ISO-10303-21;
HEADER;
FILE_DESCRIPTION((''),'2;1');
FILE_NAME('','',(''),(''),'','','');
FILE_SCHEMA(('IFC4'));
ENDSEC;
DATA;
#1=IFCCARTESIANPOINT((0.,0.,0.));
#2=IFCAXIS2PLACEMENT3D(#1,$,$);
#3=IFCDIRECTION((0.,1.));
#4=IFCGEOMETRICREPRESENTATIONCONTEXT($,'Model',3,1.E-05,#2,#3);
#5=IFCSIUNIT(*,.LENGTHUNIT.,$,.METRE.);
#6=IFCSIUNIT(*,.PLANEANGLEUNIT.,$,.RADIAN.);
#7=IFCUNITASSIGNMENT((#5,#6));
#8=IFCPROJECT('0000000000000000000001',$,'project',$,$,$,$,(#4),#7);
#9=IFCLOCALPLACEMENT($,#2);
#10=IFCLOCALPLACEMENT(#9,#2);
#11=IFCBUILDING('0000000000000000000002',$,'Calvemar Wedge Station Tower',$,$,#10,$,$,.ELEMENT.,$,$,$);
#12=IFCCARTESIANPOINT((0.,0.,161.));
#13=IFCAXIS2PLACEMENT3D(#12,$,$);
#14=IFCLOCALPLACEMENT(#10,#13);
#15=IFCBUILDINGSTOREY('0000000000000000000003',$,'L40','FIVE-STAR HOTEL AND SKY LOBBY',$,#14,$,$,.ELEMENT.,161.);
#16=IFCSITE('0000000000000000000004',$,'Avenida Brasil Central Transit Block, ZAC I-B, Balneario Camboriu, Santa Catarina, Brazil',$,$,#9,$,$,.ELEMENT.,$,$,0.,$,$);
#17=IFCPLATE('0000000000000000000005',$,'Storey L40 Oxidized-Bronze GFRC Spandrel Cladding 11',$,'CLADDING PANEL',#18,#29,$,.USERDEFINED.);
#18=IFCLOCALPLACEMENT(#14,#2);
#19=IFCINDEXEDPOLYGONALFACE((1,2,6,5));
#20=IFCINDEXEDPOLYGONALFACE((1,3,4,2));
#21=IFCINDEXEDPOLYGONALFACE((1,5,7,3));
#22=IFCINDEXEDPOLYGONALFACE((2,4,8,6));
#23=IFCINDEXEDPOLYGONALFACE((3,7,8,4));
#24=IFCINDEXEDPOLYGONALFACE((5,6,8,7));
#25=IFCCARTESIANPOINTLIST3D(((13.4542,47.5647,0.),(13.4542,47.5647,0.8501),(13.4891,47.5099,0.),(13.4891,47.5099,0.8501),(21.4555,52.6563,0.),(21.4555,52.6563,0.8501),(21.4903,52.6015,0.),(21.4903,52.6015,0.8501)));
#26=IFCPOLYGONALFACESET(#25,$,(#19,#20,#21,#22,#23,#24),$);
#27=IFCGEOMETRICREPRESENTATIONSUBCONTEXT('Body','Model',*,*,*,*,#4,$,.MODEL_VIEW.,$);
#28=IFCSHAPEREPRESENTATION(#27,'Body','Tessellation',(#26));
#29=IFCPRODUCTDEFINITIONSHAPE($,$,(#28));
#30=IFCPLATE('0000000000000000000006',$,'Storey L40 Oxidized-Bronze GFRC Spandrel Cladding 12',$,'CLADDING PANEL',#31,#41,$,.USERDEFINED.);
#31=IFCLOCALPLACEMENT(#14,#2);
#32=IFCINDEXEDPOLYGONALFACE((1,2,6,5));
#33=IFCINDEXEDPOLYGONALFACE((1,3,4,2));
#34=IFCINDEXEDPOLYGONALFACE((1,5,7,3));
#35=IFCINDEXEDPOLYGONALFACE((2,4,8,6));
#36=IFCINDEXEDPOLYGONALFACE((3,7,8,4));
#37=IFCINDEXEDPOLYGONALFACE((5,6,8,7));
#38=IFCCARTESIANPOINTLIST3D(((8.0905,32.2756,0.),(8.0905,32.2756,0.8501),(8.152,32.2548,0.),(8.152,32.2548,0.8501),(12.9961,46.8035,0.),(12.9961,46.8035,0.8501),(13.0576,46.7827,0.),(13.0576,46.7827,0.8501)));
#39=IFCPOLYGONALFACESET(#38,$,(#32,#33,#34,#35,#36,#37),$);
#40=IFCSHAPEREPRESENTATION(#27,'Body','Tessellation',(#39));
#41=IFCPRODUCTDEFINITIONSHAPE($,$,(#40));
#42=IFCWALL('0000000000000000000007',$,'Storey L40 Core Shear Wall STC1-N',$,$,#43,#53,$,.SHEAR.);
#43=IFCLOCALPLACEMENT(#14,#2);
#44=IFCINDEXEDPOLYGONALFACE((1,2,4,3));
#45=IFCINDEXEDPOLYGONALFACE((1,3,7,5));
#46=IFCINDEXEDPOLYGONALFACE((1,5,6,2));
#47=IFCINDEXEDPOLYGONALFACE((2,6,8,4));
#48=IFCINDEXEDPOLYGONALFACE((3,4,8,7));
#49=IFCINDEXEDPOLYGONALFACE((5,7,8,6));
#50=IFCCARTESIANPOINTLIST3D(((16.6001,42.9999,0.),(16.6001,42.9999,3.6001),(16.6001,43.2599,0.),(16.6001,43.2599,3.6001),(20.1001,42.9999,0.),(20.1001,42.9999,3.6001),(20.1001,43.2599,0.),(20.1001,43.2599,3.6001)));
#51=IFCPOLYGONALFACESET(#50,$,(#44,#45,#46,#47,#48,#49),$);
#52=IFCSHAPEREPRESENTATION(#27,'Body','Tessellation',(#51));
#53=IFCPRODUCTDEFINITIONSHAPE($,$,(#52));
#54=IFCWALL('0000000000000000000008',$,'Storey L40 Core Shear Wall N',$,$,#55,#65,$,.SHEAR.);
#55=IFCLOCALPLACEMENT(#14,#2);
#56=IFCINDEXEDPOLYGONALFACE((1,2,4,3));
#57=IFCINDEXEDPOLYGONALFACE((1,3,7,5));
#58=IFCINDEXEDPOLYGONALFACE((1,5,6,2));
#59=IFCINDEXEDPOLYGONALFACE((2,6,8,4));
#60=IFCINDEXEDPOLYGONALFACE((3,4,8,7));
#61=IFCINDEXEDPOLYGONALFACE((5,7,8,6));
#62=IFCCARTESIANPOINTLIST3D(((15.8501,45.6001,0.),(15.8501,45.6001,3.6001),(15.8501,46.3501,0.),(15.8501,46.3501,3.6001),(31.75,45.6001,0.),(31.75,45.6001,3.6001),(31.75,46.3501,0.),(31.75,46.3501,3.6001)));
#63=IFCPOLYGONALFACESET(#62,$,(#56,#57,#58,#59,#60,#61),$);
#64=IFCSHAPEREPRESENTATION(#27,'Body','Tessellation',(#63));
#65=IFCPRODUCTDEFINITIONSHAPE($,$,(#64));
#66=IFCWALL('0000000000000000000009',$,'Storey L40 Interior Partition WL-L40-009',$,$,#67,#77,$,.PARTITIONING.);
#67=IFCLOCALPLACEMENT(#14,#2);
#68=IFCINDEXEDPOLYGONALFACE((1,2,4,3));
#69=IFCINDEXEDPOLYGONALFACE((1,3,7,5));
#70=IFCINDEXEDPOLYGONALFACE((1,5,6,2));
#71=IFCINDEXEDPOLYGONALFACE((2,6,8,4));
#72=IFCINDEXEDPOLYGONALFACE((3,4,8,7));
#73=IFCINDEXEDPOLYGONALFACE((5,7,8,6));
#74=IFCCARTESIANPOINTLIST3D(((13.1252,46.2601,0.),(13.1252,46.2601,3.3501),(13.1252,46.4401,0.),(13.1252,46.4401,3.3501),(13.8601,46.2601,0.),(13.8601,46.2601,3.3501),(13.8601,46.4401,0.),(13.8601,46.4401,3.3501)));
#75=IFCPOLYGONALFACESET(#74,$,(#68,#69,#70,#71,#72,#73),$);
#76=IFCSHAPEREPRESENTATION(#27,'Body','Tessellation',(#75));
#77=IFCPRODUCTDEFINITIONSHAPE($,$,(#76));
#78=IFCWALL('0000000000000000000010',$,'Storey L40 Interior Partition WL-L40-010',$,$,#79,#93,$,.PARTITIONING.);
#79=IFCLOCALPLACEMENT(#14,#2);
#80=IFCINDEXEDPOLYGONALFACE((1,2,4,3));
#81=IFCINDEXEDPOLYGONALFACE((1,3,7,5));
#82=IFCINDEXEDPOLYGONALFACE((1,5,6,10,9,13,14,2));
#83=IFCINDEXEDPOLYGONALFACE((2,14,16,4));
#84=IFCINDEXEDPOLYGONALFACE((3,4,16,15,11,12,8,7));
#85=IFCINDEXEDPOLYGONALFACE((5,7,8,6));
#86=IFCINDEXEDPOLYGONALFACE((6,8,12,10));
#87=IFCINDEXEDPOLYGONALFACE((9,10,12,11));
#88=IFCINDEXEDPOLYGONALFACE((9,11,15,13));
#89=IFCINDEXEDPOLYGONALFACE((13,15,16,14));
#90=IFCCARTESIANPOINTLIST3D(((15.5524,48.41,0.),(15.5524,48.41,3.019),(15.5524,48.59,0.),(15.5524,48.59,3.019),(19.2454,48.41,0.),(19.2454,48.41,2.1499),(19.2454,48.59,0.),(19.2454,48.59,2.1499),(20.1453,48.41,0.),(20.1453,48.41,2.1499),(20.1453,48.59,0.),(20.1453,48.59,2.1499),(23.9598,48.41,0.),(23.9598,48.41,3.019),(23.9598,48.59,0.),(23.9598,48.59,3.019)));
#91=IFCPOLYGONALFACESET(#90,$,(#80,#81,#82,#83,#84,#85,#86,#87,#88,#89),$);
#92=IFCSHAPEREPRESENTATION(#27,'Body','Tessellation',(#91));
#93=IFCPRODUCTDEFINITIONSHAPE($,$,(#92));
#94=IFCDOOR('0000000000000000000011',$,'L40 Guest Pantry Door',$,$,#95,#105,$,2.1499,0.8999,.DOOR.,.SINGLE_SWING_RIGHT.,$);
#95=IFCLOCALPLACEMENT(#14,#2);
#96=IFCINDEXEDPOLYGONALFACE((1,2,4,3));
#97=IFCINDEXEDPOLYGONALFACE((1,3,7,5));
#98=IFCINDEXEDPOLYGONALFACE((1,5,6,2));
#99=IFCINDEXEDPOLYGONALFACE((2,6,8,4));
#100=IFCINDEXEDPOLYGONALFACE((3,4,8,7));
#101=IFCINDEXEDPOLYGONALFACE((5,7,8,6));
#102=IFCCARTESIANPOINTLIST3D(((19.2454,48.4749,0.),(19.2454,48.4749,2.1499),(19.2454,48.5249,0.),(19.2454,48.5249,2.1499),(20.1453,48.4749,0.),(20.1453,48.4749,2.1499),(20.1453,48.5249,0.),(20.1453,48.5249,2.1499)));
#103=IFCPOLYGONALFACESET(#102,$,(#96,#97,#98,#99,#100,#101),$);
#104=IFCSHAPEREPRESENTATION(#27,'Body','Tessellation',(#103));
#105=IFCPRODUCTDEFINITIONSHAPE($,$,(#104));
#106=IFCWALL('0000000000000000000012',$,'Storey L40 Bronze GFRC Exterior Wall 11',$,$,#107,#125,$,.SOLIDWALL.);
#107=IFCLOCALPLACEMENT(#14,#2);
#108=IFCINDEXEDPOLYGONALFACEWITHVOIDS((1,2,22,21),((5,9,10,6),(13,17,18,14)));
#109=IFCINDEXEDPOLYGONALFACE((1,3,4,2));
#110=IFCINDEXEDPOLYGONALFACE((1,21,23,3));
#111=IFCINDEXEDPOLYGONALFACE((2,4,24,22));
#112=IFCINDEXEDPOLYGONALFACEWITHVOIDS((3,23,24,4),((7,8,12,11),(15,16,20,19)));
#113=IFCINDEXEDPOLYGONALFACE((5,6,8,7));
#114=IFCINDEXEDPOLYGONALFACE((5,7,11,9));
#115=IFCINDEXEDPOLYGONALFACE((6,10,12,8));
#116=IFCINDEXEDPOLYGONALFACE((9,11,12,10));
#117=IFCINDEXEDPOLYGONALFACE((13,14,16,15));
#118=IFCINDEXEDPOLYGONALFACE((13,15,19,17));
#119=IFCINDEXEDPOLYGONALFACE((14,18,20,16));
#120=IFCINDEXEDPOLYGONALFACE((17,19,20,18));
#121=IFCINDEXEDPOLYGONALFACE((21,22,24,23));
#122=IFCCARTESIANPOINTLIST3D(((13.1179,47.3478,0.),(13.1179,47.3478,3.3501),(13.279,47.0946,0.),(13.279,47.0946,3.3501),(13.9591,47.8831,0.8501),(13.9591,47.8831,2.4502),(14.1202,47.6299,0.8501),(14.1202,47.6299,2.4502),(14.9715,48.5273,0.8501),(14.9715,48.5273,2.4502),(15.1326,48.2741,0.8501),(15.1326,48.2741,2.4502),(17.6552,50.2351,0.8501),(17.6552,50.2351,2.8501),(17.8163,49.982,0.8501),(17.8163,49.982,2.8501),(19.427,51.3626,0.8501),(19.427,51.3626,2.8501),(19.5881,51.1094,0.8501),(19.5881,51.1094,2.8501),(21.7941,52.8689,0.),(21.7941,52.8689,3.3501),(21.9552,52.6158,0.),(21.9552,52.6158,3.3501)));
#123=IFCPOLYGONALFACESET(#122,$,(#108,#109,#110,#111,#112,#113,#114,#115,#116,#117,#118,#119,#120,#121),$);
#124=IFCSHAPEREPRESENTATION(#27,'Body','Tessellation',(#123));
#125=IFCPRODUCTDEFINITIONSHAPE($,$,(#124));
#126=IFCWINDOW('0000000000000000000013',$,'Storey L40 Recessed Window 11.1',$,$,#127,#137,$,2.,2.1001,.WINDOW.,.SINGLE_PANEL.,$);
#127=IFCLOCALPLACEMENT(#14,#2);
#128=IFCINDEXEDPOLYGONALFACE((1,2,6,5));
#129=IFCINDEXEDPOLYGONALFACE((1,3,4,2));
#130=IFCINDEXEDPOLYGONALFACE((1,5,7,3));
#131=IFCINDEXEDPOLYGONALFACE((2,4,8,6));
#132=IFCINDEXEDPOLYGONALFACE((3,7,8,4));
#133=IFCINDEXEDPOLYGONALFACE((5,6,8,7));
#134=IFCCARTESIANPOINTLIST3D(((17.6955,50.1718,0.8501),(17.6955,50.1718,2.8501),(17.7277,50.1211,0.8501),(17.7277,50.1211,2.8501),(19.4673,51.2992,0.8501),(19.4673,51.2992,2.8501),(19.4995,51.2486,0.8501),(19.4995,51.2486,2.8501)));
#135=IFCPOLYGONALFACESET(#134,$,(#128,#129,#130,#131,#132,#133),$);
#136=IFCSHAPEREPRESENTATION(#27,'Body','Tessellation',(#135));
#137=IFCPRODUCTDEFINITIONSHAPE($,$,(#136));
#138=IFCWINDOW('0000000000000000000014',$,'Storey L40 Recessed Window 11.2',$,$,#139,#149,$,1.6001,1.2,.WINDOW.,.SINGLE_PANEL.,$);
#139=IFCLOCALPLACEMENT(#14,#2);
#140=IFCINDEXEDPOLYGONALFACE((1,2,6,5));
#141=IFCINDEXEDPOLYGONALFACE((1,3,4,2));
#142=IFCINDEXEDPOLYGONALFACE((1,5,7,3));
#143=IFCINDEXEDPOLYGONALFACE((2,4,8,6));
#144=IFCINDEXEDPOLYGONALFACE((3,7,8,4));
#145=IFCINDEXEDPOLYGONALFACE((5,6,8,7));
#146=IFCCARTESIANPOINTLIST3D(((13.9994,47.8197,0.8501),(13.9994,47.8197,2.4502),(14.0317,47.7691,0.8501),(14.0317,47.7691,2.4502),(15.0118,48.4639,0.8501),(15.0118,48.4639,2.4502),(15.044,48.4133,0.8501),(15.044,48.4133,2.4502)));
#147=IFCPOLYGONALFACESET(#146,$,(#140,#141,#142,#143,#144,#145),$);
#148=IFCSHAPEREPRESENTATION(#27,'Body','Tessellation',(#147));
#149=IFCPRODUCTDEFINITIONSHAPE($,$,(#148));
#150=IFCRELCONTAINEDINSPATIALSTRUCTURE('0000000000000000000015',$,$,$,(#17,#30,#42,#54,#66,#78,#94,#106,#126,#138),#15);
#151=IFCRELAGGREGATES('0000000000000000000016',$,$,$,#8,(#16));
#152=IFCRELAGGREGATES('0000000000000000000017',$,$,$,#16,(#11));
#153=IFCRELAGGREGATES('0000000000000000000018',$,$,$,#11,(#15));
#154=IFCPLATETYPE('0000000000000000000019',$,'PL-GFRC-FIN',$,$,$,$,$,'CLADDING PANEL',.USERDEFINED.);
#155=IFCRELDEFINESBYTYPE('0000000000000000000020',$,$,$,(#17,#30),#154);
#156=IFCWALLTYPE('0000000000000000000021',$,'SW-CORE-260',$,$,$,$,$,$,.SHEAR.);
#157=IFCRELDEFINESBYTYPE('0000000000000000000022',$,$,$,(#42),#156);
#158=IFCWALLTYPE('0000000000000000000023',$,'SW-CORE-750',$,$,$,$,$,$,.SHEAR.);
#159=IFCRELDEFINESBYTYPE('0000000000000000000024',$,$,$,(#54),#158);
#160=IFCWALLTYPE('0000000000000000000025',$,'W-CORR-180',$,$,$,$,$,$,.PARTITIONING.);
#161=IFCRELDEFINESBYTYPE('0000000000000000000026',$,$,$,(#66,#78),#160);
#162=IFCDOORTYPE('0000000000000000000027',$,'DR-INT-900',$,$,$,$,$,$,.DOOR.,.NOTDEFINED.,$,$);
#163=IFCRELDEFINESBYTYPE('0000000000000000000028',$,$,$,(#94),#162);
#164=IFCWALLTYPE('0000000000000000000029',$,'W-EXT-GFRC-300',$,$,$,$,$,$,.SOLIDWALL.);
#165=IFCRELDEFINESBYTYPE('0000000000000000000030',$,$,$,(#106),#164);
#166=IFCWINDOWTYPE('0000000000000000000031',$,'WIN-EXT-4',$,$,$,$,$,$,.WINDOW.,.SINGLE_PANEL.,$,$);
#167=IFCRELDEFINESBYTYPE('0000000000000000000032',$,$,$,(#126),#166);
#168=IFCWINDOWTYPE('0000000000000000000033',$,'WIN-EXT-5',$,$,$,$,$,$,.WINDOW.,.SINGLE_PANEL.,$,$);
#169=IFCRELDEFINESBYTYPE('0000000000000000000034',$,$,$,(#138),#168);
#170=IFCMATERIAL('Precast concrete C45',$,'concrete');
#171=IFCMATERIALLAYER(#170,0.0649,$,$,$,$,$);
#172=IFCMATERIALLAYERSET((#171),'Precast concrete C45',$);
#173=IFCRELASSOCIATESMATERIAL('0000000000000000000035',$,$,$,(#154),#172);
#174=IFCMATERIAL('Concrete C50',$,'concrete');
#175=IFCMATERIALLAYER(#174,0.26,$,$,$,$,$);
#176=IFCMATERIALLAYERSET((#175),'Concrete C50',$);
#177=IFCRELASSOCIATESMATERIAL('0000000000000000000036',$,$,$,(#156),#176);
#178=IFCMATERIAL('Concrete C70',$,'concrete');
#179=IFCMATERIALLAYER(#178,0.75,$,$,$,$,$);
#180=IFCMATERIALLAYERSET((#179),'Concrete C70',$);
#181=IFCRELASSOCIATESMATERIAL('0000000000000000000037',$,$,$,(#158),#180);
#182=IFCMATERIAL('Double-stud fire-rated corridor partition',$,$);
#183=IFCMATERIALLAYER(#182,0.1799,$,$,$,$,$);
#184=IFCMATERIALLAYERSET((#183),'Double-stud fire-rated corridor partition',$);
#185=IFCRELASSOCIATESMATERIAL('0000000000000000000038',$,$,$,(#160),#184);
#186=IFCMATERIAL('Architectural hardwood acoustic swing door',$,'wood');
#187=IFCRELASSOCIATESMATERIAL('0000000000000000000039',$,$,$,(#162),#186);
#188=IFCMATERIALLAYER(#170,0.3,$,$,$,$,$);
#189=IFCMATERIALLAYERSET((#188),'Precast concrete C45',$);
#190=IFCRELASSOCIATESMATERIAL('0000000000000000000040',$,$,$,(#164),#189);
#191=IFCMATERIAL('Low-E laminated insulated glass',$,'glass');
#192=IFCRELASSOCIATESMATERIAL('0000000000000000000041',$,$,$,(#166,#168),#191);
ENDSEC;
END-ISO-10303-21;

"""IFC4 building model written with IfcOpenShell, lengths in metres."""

from ifc_helpers import new_model, si_unit, direction, frame, frame_2d, origin, place, context, subcontext, project, spatial, rectangle, extrude, source, transform, mapped, material, layer, layer_set, type_object, element, fill, save


model = new_model("IFC4")

# Units and contexts
model_context = context("Model", 3, precision=1e-05, world=origin(), true_north=direction((0.0, 1.0)))
body_context = subcontext(model_context, "Body", "Model", "MODEL_VIEW")
ifc_project = project(units=[si_unit("LENGTHUNIT", "METRE"), si_unit("PLANEANGLEUNIT", "RADIAN")], contexts=[model_context])

# Site, building, storey
site_placement = place(None, origin())
site = spatial("IfcSite", under=ifc_project, at=site_placement, Name="Avenida Brasil Central Transit Block, ZAC I-B, Balneario Camboriu, Santa Catarina, Brazil", CompositionType="ELEMENT", RefElevation=0.0)
building_placement = place(site_placement, origin())
building = spatial("IfcBuilding", under=site, at=building_placement, Name="Calvemar Wedge Station Tower", CompositionType="ELEMENT")
storey_placement = place(building_placement, frame((0.0, 0.0, 161.0)))
storey = spatial("IfcBuildingStorey", under=building, at=storey_placement, Name="L40", Description="FIVE-STAR HOTEL AND SKY LOBBY", CompositionType="ELEMENT", Elevation=161.0)

# Plates
ifc_material_1 = material(Name="Precast concrete C45", Category="concrete")
ifc_layer_1 = layer(ifc_material_1, 0.0649)
ifc_layer_set_1 = layer_set([ifc_layer_1], Name="Precast concrete C45")
plate_type = type_object("IfcPlateType", Name="PL-GFRC-FIN", ElementType="CLADDING PANEL", PredefinedType="USERDEFINED", material=ifc_layer_set_1)
plate_1_placement = place(storey_placement, frame((21.4729, 52.6289, 0.0), z_axis=(0.0, 0.0, 1.0), x_axis=(-0.843668, -0.536865, 0.0)))
element("IfcPlate", 1, at=plate_1_placement, inside=storey, type_object=plate_type, Name="Storey L40 Oxidized-Bronze GFRC Spandrel Cladding 11", ObjectType="CLADDING PANEL", PredefinedType="USERDEFINED", context=body_context, shape_type="SweptSolid", body=[
    extrude(rectangle(XDim=9.4839, YDim=0.0649, at=frame_2d((4.7419, 0.0))), origin(), (0.0, 0.0, 1.0), 0.8501),
])
plate_2_placement = place(storey_placement, frame((13.0269, 46.7932, 0.0), z_axis=(0.0, 0.0, 1.0), x_axis=(-0.319918, -0.947445, 0.0)))
element("IfcPlate", 2, at=plate_2_placement, inside=storey, type_object=plate_type, Name="Storey L40 Oxidized-Bronze GFRC Spandrel Cladding 12", ObjectType="CLADDING PANEL", PredefinedType="USERDEFINED", context=body_context, shape_type="SweptSolid", body=[
    extrude(rectangle(XDim=15.3337, YDim=0.0649, at=frame_2d((7.667, 0.0))), origin(), (0.0, 0.0, 1.0), 0.8501),
])

# Walls
ifc_material_2 = material(Name="Concrete C50", Category="concrete")
ifc_layer_2 = layer(ifc_material_2, 0.26)
ifc_layer_set_2 = layer_set([ifc_layer_2], Name="Concrete C50")
wall_type_1 = type_object("IfcWallType", Name="SW-CORE-260", PredefinedType="SHEAR", material=ifc_layer_set_2)
wall_1_placement = place(storey_placement, frame((16.6001, 43.1299, 0.0), z_axis=(0.0, 0.0, 1.0), x_axis=(1.0, 0.0, 0.0)))
element("IfcWall", 3, at=wall_1_placement, inside=storey, type_object=wall_type_1, Name="Storey L40 Core Shear Wall STC1-N", PredefinedType="SHEAR", context=body_context, shape_type="SweptSolid", body=[
    extrude(rectangle(XDim=3.5, YDim=0.26, at=frame_2d((1.75, 0.0))), origin(), (0.0, 0.0, 1.0), 3.6001),
])
ifc_material_3 = material(Name="Concrete C70", Category="concrete")
ifc_layer_3 = layer(ifc_material_3, 0.75)
ifc_layer_set_3 = layer_set([ifc_layer_3], Name="Concrete C70")
wall_type_2 = type_object("IfcWallType", Name="SW-CORE-750", PredefinedType="SHEAR", material=ifc_layer_set_3)
wall_2_placement = place(storey_placement, frame((15.8501, 45.9751, 0.0), z_axis=(0.0, 0.0, 1.0), x_axis=(1.0, 0.0, 0.0)))
element("IfcWall", 4, at=wall_2_placement, inside=storey, type_object=wall_type_2, Name="Storey L40 Core Shear Wall N", PredefinedType="SHEAR", context=body_context, shape_type="SweptSolid", body=[
    extrude(rectangle(XDim=15.8999, YDim=0.75, at=frame_2d((7.95, 0.0))), origin(), (0.0, 0.0, 1.0), 3.6001),
])
ifc_material_4 = material(Name="Double-stud fire-rated corridor partition")
ifc_layer_4 = layer(ifc_material_4, 0.1799)
ifc_layer_set_4 = layer_set([ifc_layer_4], Name="Double-stud fire-rated corridor partition")
wall_type_3 = type_object("IfcWallType", Name="W-CORR-180", PredefinedType="PARTITIONING", material=ifc_layer_set_4)
wall_3_placement = place(storey_placement, frame((13.8601, 46.3501, 0.0), z_axis=(0.0, 0.0, 1.0), x_axis=(-1.0, 0.0, 0.0)))
element("IfcWall", 5, at=wall_3_placement, inside=storey, type_object=wall_type_3, Name="Storey L40 Interior Partition WL-L40-009", PredefinedType="PARTITIONING", context=body_context, shape_type="SweptSolid", body=[
    extrude(rectangle(XDim=0.7349, YDim=0.1799, at=frame_2d((0.3674, 0.0))), origin(), (0.0, 0.0, 1.0), 3.3501),
])

# Wall, opening, door
wall_4_placement = place(storey_placement, frame((15.5525, 48.5, 0.0), z_axis=(0.0, 0.0, 1.0), x_axis=(1.0, 0.0, 0.0)))
wall_4 = element("IfcWall", 6, at=wall_4_placement, inside=storey, type_object=wall_type_3, Name="Storey L40 Interior Partition WL-L40-010", PredefinedType="PARTITIONING", context=body_context, shape_type="SweptSolid", body=[
    extrude(rectangle(XDim=8.4075, YDim=0.1799, at=frame_2d((4.2036, 0.0))), origin(), (0.0, 0.0, 1.0), 3.019),
])
shared_shape_1 = source(origin(), body_context, "Body", "SweptSolid", [
    extrude(rectangle(XDim=0.8999, YDim=2.1499, at=frame_2d((0.45, 1.075))), frame((0.0, 0.1001, 0.0), z_axis=(0.0, -1.0, 0.0), x_axis=(1.0, 0.0, 0.0)), (0.0, 0.0, 1.0), 0.2),
])
opening_1_placement = place(wall_4_placement, frame((3.6929, 0.0, 0.0)))
opening_1 = element("IfcOpeningElement", 7, at=opening_1_placement, cuts=wall_4, PredefinedType="OPENING", context=body_context, shape_type="MappedRepresentation", body=[
    mapped(shared_shape_1, transform((0.0, 0.0, 0.0), scale=1.0)),
])
ifc_material_5 = material(Name="Architectural hardwood acoustic swing door", Category="wood")
door_type_1 = type_object("IfcDoorType", Name="DR-INT-900", OperationType="NOTDEFINED", PredefinedType="DOOR", material=ifc_material_5)
shared_shape_2 = source(origin(), body_context, "Body", "SweptSolid", [
    extrude(rectangle(XDim=0.8999, YDim=2.1499, at=frame_2d((0.45, 1.075))), frame((0.0, 0.0249, 0.0), z_axis=(0.0, -1.0, 0.0), x_axis=(1.0, 0.0, 0.0)), (0.0, 0.0, 1.0), 0.05),
])
door_1_placement = place(opening_1_placement, origin())
door_1 = element("IfcDoor", 8, at=door_1_placement, inside=storey, type_object=door_type_1, Name="L40 Guest Pantry Door", OperationType="SINGLE_SWING_RIGHT", OverallHeight=2.1499, OverallWidth=0.8999, PredefinedType="DOOR", context=body_context, shape_type="MappedRepresentation", body=[
    mapped(shared_shape_2, transform((0.0, 0.0, 0.0), scale=1.0)),
])
fill(opening_1, door_1)

# Wall, openings, windows
ifc_layer_5 = layer(ifc_material_1, 0.3)
ifc_layer_set_5 = layer_set([ifc_layer_5], Name="Precast concrete C45")
wall_type_4 = type_object("IfcWallType", Name="W-EXT-GFRC-300", PredefinedType="SOLIDWALL", material=ifc_layer_set_5)
wall_5_placement = place(storey_placement, frame((21.8748, 52.7424, 0.0), z_axis=(0.0, 0.0, 1.0), x_axis=(-0.843662, -0.536874, 0.0)))
wall_5 = element("IfcWall", 9, at=wall_5_placement, inside=storey, type_object=wall_type_4, Name="Storey L40 Bronze GFRC Exterior Wall 11", PredefinedType="SOLIDWALL", context=body_context, shape_type="SweptSolid", body=[
    extrude(rectangle(XDim=10.2839, YDim=0.3, at=frame_2d((5.1421, 0.0))), origin(), (0.0, 0.0, 1.0), 3.3501),
])
shared_shape_3 = source(origin(), body_context, "Body", "SweptSolid", [
    extrude(rectangle(XDim=2.1001, YDim=2.0, at=frame_2d((1.05, 1.0))), frame((0.0, 0.1602, 0.0), z_axis=(0.0, -1.0, 0.0), x_axis=(1.0, 0.0, 0.0)), (0.0, 0.0, 1.0), 0.3201),
])
opening_2_placement = place(wall_5_placement, frame((2.8059, 0.0, 0.8501)))
opening_2 = element("IfcOpeningElement", 10, at=opening_2_placement, cuts=wall_5, PredefinedType="OPENING", context=body_context, shape_type="MappedRepresentation", body=[
    mapped(shared_shape_3, transform((0.0, 0.0, 0.0), scale=1.0)),
])
shared_shape_4 = source(origin(), body_context, "Body", "SweptSolid", [
    extrude(rectangle(XDim=1.2, YDim=1.6001, at=frame_2d((0.6001, 0.8))), frame((0.0, 0.1602, 0.0), z_axis=(0.0, -1.0, 0.0), x_axis=(1.0, 0.0, 0.0)), (0.0, 0.0, 1.0), 0.3201),
])
opening_3_placement = place(wall_5_placement, frame((8.0869, 0.0, 0.8501)))
opening_3 = element("IfcOpeningElement", 11, at=opening_3_placement, cuts=wall_5, PredefinedType="OPENING", context=body_context, shape_type="MappedRepresentation", body=[
    mapped(shared_shape_4, transform((0.0, 0.0, 0.0), scale=1.0)),
])
ifc_material_6 = material(Name="Low-E laminated insulated glass", Category="glass")
window_type_1 = type_object("IfcWindowType", Name="WIN-EXT-4", PartitioningType="SINGLE_PANEL", PredefinedType="WINDOW", material=ifc_material_6)
shared_shape_5 = source(origin(), body_context, "Body", "SweptSolid", [
    extrude(rectangle(XDim=2.1001, YDim=2.0, at=frame_2d((1.05, 1.0))), frame((0.0, -0.0149, 0.0), z_axis=(0.0, -1.0, 0.0), x_axis=(1.0, 0.0, 0.0)), (0.0, 0.0, 1.0), 0.0601),
])
window_1_placement = place(opening_2_placement, origin())
window_1 = element("IfcWindow", 12, at=window_1_placement, inside=storey, type_object=window_type_1, Name="Storey L40 Recessed Window 11.1", OverallHeight=2.0, OverallWidth=2.1001, PartitioningType="SINGLE_PANEL", PredefinedType="WINDOW", context=body_context, shape_type="MappedRepresentation", body=[
    mapped(shared_shape_5, transform((0.0, 0.0, 0.0), scale=1.0)),
])
fill(opening_2, window_1)
window_type_2 = type_object("IfcWindowType", Name="WIN-EXT-5", PartitioningType="SINGLE_PANEL", PredefinedType="WINDOW", material=ifc_material_6)
shared_shape_6 = source(origin(), body_context, "Body", "SweptSolid", [
    extrude(rectangle(XDim=1.2, YDim=1.6001, at=frame_2d((0.6001, 0.8))), frame((0.0, -0.0149, 0.0), z_axis=(0.0, -1.0, 0.0), x_axis=(1.0, 0.0, 0.0)), (0.0, 0.0, 1.0), 0.0601),
])
window_2_placement = place(opening_3_placement, origin())
window_2 = element("IfcWindow", 13, at=window_2_placement, inside=storey, type_object=window_type_2, Name="Storey L40 Recessed Window 11.2", OverallHeight=1.6001, OverallWidth=1.2, PartitioningType="SINGLE_PANEL", PredefinedType="WINDOW", context=body_context, shape_type="MappedRepresentation", body=[
    mapped(shared_shape_6, transform((0.0, 0.0, 0.0), scale=1.0)),
])
fill(opening_3, window_2)

save(model, "model.ifc")
